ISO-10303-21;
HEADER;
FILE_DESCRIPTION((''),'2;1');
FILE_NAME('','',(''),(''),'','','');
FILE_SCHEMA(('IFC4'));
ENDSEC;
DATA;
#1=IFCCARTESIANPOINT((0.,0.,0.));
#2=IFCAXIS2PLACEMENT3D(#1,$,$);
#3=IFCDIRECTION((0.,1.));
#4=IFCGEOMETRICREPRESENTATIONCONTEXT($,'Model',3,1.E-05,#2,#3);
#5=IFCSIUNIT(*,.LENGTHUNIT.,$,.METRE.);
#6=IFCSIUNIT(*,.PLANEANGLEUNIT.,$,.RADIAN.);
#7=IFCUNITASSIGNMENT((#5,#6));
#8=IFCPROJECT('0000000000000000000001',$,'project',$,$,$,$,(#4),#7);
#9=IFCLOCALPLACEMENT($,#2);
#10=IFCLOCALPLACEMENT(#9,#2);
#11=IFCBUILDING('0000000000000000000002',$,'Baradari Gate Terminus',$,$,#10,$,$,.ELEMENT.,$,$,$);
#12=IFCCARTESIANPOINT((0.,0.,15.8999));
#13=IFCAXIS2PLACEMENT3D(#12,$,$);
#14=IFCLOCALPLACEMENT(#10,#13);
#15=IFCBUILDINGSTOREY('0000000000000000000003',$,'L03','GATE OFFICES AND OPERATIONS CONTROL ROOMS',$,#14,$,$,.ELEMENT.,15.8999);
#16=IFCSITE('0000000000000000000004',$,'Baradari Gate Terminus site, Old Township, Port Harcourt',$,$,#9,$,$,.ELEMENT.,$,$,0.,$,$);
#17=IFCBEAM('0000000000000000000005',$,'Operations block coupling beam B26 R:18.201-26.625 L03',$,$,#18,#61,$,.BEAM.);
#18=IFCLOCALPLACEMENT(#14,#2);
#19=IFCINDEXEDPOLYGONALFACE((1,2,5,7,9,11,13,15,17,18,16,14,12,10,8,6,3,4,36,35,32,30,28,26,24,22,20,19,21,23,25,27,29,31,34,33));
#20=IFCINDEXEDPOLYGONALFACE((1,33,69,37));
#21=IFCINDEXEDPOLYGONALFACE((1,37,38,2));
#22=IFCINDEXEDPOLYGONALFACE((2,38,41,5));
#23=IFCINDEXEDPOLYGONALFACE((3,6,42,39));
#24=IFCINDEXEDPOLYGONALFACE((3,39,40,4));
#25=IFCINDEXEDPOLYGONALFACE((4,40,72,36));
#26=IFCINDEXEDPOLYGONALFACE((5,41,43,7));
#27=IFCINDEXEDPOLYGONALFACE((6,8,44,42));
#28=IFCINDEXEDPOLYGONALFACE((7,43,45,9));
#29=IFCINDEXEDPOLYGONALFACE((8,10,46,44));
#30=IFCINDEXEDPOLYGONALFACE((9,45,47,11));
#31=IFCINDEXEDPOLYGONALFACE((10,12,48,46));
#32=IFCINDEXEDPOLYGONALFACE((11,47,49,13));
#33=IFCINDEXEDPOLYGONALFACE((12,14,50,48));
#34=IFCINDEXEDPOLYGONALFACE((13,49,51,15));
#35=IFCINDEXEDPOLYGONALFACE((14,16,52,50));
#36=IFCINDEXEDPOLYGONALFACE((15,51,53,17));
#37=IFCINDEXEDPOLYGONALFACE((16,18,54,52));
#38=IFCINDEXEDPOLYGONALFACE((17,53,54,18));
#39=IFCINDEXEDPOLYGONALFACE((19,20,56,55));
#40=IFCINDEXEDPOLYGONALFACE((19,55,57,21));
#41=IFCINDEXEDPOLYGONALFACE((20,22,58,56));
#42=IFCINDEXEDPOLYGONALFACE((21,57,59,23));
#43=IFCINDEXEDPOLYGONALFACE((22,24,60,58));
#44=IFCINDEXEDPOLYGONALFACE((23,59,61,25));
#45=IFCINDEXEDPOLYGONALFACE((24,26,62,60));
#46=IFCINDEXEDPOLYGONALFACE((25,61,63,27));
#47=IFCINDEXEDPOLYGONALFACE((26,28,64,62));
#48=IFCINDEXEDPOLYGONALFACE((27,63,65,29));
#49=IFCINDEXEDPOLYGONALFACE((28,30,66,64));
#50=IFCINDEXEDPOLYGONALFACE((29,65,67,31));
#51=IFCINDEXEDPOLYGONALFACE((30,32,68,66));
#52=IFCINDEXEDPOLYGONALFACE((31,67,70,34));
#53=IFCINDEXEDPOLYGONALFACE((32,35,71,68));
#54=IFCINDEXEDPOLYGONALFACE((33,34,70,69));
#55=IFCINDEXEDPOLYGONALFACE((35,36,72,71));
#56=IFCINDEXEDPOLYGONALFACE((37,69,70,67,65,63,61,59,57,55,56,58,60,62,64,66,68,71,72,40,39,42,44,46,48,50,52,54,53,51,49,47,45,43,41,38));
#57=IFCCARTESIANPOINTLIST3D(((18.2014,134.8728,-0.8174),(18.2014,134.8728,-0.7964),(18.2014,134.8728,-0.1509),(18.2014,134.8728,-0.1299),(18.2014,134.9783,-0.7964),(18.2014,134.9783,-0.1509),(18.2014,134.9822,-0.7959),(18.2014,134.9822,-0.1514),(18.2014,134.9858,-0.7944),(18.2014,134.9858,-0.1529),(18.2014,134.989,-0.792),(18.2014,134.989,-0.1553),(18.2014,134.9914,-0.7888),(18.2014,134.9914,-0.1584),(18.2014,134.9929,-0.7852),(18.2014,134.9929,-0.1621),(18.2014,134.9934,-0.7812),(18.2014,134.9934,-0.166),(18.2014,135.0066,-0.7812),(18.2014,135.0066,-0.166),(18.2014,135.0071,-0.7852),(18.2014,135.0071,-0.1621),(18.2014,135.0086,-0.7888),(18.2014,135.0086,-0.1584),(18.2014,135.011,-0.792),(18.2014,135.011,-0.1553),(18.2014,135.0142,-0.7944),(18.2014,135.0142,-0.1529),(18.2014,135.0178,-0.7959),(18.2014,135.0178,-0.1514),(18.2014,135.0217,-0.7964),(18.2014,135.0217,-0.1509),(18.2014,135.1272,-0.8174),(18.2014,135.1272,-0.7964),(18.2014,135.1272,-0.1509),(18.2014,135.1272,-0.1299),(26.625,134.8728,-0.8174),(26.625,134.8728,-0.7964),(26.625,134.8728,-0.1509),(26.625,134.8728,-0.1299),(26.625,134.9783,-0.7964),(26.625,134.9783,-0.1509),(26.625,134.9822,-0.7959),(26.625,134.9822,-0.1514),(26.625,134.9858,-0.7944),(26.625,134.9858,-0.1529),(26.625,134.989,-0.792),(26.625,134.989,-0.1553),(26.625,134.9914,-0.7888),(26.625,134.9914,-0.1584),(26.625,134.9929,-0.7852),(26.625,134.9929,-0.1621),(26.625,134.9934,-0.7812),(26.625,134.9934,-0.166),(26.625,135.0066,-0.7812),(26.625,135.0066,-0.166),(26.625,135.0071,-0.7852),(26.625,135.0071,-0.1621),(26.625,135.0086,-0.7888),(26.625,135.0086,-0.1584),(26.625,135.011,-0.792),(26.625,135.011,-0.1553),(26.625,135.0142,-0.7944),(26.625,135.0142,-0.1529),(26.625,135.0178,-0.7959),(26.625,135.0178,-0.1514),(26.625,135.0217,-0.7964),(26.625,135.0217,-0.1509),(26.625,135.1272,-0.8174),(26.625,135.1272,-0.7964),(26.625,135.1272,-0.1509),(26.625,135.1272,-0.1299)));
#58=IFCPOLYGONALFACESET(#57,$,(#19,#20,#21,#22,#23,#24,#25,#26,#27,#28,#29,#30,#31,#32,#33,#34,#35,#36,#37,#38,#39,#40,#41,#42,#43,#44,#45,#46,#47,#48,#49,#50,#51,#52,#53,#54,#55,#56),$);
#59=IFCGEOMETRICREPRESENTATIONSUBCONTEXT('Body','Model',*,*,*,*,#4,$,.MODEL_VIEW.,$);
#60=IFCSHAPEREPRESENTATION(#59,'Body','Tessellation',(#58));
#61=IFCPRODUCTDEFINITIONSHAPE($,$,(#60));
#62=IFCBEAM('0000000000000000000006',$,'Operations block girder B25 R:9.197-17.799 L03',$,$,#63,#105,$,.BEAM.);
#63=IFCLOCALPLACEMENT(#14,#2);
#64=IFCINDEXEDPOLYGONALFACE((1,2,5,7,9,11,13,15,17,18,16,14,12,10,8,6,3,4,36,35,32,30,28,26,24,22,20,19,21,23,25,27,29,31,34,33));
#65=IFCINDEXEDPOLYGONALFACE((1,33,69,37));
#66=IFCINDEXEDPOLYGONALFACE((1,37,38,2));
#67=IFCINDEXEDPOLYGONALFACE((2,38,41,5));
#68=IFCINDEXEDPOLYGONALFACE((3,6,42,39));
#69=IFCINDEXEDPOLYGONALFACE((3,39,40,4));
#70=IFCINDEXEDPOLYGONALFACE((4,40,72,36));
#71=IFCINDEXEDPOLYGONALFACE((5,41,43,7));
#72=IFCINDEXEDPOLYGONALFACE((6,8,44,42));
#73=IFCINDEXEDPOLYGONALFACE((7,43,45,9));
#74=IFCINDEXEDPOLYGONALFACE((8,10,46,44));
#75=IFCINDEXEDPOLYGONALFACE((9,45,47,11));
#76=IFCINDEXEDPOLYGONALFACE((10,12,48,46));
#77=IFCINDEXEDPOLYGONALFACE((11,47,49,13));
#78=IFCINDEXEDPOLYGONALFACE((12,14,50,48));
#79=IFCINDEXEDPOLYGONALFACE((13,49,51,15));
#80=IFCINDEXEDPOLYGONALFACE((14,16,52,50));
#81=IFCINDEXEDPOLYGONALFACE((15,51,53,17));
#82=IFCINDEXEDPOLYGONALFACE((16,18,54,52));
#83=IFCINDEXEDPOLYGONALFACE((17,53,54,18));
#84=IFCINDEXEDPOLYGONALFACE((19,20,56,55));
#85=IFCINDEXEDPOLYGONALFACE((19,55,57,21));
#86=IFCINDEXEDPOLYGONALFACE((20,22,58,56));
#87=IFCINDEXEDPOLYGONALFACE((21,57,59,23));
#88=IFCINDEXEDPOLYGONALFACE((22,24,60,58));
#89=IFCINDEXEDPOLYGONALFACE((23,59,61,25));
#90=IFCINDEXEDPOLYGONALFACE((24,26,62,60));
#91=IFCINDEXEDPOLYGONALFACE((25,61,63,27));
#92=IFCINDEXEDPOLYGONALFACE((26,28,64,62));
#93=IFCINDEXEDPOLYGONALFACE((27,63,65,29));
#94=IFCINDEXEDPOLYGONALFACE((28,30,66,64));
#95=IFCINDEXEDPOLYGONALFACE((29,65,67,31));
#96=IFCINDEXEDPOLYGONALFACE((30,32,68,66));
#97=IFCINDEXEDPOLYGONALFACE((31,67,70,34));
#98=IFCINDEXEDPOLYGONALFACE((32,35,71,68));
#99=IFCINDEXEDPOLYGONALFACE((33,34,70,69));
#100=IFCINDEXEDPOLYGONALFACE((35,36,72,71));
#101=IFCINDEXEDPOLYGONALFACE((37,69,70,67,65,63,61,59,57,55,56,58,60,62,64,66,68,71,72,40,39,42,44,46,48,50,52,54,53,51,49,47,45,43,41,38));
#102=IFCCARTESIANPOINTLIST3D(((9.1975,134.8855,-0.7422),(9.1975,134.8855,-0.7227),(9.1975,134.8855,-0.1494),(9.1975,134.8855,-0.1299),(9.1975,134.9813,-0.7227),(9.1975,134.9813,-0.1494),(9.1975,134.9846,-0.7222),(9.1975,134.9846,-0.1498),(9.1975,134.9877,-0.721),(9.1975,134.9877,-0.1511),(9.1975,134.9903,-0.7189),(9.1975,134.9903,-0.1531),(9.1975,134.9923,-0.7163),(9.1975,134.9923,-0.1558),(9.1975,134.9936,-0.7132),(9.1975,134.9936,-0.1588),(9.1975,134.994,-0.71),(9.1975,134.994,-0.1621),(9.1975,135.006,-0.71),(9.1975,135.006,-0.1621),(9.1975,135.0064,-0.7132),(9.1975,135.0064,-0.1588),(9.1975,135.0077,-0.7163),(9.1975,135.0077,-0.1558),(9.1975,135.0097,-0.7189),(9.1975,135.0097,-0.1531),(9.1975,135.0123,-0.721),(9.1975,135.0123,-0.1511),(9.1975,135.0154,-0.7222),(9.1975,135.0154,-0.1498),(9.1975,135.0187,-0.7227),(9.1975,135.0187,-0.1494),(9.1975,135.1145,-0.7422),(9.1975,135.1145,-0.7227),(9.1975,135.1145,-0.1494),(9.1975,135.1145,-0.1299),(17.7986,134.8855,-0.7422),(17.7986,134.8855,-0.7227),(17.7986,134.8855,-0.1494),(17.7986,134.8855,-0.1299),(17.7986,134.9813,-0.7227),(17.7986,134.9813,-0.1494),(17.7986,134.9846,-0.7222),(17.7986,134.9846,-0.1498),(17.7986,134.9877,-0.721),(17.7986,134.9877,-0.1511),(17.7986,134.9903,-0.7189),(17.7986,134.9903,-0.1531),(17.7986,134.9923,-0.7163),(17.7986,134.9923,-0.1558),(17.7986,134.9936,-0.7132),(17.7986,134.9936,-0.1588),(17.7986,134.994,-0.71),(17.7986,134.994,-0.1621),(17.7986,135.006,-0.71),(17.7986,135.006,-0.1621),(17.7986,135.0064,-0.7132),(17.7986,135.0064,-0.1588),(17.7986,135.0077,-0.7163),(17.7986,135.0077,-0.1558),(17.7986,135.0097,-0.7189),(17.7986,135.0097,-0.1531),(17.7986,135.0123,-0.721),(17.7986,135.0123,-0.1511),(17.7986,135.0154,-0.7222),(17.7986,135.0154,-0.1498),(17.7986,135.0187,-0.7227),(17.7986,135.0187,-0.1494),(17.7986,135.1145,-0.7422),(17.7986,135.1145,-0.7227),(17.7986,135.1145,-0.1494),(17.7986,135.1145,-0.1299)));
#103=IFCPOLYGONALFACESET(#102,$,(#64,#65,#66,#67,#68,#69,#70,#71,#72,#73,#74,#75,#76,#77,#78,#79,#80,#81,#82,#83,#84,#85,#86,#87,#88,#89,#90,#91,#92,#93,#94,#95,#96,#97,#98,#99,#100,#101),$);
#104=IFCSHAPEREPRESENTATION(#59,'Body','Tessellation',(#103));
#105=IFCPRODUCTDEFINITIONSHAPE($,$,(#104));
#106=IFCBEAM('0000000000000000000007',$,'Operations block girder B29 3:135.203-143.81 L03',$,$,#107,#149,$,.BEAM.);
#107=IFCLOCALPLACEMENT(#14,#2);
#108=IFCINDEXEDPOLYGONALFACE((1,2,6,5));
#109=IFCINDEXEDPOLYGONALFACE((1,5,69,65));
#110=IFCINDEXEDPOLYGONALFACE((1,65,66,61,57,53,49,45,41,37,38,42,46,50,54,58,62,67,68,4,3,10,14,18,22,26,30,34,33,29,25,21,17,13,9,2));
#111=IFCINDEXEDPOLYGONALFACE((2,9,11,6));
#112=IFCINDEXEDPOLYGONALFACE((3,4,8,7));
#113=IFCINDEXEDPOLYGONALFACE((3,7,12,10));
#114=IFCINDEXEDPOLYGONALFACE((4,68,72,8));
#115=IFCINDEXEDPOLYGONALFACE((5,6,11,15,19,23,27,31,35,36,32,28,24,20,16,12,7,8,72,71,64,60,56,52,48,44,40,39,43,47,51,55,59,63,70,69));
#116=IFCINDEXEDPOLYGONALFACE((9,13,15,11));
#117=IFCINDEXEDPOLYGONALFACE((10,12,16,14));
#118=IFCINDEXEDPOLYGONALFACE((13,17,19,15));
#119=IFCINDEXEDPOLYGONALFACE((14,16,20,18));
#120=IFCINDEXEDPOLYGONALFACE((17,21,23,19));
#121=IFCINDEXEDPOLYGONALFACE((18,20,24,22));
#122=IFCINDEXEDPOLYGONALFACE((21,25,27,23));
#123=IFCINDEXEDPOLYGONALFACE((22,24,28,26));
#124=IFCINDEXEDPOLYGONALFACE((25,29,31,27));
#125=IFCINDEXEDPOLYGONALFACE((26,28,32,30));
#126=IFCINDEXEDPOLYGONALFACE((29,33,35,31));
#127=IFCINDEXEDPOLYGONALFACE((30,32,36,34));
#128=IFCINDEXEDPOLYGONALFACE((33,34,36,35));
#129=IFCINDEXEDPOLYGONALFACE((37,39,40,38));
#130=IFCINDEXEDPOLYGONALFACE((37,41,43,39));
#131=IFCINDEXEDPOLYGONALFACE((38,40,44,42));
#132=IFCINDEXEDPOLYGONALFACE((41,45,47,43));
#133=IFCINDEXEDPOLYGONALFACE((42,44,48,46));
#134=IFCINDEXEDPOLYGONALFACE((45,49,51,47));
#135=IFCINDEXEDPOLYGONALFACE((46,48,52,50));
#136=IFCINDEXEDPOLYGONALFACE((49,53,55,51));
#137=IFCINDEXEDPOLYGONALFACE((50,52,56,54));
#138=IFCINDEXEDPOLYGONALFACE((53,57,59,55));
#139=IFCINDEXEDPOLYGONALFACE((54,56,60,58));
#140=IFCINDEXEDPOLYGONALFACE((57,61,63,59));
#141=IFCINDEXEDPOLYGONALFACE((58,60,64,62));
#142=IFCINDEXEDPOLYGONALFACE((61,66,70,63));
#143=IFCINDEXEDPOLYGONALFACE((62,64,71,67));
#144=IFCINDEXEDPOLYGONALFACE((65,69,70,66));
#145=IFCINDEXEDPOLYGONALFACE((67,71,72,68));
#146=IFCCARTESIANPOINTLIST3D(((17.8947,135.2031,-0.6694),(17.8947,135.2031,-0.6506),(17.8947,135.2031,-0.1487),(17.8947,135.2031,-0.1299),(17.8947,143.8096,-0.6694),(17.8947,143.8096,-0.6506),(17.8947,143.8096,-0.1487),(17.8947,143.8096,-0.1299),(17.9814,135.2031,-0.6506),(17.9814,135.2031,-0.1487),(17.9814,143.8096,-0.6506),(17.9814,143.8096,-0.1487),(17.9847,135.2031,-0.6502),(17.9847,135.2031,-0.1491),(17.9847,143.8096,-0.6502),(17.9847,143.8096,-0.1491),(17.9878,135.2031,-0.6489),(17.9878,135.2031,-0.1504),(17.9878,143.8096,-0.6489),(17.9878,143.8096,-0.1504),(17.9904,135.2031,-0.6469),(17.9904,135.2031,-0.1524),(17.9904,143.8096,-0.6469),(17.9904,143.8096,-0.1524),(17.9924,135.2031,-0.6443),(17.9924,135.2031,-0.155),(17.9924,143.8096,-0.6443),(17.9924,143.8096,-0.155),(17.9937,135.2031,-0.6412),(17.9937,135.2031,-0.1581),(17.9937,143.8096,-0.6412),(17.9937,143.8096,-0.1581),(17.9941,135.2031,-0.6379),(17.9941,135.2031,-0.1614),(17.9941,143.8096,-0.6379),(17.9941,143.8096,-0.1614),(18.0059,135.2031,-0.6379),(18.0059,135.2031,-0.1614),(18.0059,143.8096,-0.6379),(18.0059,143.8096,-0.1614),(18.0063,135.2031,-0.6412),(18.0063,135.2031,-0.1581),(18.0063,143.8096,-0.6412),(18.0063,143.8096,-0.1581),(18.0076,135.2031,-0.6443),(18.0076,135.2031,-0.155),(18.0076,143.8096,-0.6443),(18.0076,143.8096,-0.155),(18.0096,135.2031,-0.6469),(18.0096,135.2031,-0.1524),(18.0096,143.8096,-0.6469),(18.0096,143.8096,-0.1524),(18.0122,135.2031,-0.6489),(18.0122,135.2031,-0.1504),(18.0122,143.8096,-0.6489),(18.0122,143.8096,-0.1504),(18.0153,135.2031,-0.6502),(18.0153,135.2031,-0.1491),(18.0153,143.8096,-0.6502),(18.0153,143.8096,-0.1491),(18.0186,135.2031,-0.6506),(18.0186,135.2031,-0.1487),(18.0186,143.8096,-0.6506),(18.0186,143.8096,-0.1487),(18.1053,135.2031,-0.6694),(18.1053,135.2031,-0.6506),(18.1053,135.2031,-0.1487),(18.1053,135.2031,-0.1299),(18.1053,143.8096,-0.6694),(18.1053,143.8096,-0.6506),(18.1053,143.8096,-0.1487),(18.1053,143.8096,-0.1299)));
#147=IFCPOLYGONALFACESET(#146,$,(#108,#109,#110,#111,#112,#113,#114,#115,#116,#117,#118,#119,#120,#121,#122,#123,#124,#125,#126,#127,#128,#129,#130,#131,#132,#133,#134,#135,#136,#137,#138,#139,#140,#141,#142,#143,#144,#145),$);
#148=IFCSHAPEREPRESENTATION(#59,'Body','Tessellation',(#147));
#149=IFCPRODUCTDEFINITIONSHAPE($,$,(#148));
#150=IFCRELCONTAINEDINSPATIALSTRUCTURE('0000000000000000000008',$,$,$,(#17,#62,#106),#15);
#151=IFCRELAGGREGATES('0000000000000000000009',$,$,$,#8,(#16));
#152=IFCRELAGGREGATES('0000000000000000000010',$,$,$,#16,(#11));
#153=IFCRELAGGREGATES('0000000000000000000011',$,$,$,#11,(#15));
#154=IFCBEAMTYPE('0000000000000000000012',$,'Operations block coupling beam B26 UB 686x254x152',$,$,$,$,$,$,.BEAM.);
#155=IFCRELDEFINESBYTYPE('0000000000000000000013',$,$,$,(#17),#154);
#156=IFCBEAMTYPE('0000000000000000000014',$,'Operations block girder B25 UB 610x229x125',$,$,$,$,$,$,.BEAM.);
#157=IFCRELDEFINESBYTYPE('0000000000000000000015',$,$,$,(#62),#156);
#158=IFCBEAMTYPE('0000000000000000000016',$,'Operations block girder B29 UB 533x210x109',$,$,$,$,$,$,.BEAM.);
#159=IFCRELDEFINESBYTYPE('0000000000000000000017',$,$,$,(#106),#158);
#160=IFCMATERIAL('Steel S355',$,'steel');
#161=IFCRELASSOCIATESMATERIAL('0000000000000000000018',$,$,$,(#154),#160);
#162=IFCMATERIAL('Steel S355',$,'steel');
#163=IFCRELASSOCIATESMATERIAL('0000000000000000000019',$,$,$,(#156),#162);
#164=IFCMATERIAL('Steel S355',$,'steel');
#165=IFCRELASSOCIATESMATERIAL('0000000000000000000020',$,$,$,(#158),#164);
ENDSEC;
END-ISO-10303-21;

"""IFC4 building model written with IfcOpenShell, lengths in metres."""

from ifc_helpers import new_model, si_unit, direction, frame, origin, origin_2d, place, context, subcontext, project, spatial, i_section, extrude, material, material_profile, profile_set, type_object, element, save


model = new_model("IFC4")

# Units and contexts
model_context = context("Model", 3, precision=1e-05, world=origin(), true_north=direction((0.0, 1.0)))
body_context = subcontext(model_context, "Body", "Model", "MODEL_VIEW")
ifc_project = project(units=[si_unit("LENGTHUNIT", "METRE"), si_unit("PLANEANGLEUNIT", "RADIAN")], contexts=[model_context])

# Site, building, storey
site_placement = place(None, origin())
site = spatial("IfcSite", under=ifc_project, at=site_placement, Name="Baradari Gate Terminus site, Old Township, Port Harcourt", CompositionType="ELEMENT", RefElevation=0.0)
building_placement = place(site_placement, origin())
building = spatial("IfcBuilding", under=site, at=building_placement, Name="Baradari Gate Terminus", CompositionType="ELEMENT")
storey_placement = place(building_placement, frame((0.0, 0.0, 15.8999)))
storey = spatial("IfcBuildingStorey", under=building, at=storey_placement, Name="L03", Description="GATE OFFICES AND OPERATIONS CONTROL ROOMS", CompositionType="ELEMENT", Elevation=15.8999)

# Beams
ifc_material_1 = material(Name="Steel S355", Category="steel")
ifc_material_profile_1 = material_profile(ifc_material_1, i_section(OverallWidth=0.2544, OverallDepth=0.6875, WebThickness=0.0132, FlangeThickness=0.021, FilletRadius=0.0151, at=origin_2d()), Name="UB 686x254x152")
ifc_profile_set_1 = profile_set([ifc_material_profile_1], Name="Steel S355")
beam_type_1 = type_object("IfcBeamType", Name="Operations block coupling beam B26 UB 686x254x152", PredefinedType="BEAM", material=ifc_profile_set_1)
beam_1_placement = place(storey_placement, frame((18.2014, 135.0, -0.4736), z_axis=(1.0, 0.0, 0.0), x_axis=(0.0, 1.0, 0.0)))
element("IfcBeam", 1, at=beam_1_placement, inside=storey, type_object=beam_type_1, Name="Operations block coupling beam B26 R:18.201-26.625 L03", PredefinedType="BEAM", context=body_context, shape_type="SweptSolid", body=[
    extrude(i_section(OverallWidth=0.2544, OverallDepth=0.6875, WebThickness=0.0132, FlangeThickness=0.021, FilletRadius=0.0151, at=origin_2d()), origin(), (0.0, 0.0, 1.0), 8.4236),
])
ifc_material_2 = material(Name="Steel S355", Category="steel")
ifc_material_profile_2 = material_profile(ifc_material_2, i_section(OverallWidth=0.229, OverallDepth=0.6123, WebThickness=0.012, FlangeThickness=0.0195, FilletRadius=0.0127, at=origin_2d()), Name="UB 610x229x125")
ifc_profile_set_2 = profile_set([ifc_material_profile_2], Name="Steel S355")
beam_type_2 = type_object("IfcBeamType", Name="Operations block girder B25 UB 610x229x125", PredefinedType="BEAM", material=ifc_profile_set_2)
beam_2_placement = place(storey_placement, frame((9.1975, 135.0, -0.436), z_axis=(1.0, 0.0, 0.0), x_axis=(0.0, 1.0, 0.0)))
element("IfcBeam", 2, at=beam_2_placement, inside=storey, type_object=beam_type_2, Name="Operations block girder B25 R:9.197-17.799 L03", PredefinedType="BEAM", context=body_context, shape_type="SweptSolid", body=[
    extrude(i_section(OverallWidth=0.229, OverallDepth=0.6123, WebThickness=0.012, FlangeThickness=0.0195, FilletRadius=0.0127, at=origin_2d()), origin(), (0.0, 0.0, 1.0), 8.6011),
])
ifc_material_3 = material(Name="Steel S355", Category="steel")
ifc_material_profile_3 = material_profile(ifc_material_3, i_section(OverallWidth=0.2107, OverallDepth=0.5396, WebThickness=0.0117, FlangeThickness=0.0188, FilletRadius=0.0127, at=origin_2d()), Name="UB 533x210x109")
ifc_profile_set_3 = profile_set([ifc_material_profile_3], Name="Steel S355")
beam_type_3 = type_object("IfcBeamType", Name="Operations block girder B29 UB 533x210x109", PredefinedType="BEAM", material=ifc_profile_set_3)
beam_3_placement = place(storey_placement, frame((18.0, 135.2031, -0.3997), z_axis=(0.0, 1.0, 0.0), x_axis=(-1.0, 0.0, 0.0)))
element("IfcBeam", 3, at=beam_3_placement, inside=storey, type_object=beam_type_3, Name="Operations block girder B29 3:135.203-143.81 L03", PredefinedType="BEAM", context=body_context, shape_type="SweptSolid", body=[
    extrude(i_section(OverallWidth=0.2107, OverallDepth=0.5396, WebThickness=0.0117, FlangeThickness=0.0188, FilletRadius=0.0127, at=origin_2d()), origin(), (0.0, 0.0, 1.0), 8.6064),
])

save(model, "model.ifc")
